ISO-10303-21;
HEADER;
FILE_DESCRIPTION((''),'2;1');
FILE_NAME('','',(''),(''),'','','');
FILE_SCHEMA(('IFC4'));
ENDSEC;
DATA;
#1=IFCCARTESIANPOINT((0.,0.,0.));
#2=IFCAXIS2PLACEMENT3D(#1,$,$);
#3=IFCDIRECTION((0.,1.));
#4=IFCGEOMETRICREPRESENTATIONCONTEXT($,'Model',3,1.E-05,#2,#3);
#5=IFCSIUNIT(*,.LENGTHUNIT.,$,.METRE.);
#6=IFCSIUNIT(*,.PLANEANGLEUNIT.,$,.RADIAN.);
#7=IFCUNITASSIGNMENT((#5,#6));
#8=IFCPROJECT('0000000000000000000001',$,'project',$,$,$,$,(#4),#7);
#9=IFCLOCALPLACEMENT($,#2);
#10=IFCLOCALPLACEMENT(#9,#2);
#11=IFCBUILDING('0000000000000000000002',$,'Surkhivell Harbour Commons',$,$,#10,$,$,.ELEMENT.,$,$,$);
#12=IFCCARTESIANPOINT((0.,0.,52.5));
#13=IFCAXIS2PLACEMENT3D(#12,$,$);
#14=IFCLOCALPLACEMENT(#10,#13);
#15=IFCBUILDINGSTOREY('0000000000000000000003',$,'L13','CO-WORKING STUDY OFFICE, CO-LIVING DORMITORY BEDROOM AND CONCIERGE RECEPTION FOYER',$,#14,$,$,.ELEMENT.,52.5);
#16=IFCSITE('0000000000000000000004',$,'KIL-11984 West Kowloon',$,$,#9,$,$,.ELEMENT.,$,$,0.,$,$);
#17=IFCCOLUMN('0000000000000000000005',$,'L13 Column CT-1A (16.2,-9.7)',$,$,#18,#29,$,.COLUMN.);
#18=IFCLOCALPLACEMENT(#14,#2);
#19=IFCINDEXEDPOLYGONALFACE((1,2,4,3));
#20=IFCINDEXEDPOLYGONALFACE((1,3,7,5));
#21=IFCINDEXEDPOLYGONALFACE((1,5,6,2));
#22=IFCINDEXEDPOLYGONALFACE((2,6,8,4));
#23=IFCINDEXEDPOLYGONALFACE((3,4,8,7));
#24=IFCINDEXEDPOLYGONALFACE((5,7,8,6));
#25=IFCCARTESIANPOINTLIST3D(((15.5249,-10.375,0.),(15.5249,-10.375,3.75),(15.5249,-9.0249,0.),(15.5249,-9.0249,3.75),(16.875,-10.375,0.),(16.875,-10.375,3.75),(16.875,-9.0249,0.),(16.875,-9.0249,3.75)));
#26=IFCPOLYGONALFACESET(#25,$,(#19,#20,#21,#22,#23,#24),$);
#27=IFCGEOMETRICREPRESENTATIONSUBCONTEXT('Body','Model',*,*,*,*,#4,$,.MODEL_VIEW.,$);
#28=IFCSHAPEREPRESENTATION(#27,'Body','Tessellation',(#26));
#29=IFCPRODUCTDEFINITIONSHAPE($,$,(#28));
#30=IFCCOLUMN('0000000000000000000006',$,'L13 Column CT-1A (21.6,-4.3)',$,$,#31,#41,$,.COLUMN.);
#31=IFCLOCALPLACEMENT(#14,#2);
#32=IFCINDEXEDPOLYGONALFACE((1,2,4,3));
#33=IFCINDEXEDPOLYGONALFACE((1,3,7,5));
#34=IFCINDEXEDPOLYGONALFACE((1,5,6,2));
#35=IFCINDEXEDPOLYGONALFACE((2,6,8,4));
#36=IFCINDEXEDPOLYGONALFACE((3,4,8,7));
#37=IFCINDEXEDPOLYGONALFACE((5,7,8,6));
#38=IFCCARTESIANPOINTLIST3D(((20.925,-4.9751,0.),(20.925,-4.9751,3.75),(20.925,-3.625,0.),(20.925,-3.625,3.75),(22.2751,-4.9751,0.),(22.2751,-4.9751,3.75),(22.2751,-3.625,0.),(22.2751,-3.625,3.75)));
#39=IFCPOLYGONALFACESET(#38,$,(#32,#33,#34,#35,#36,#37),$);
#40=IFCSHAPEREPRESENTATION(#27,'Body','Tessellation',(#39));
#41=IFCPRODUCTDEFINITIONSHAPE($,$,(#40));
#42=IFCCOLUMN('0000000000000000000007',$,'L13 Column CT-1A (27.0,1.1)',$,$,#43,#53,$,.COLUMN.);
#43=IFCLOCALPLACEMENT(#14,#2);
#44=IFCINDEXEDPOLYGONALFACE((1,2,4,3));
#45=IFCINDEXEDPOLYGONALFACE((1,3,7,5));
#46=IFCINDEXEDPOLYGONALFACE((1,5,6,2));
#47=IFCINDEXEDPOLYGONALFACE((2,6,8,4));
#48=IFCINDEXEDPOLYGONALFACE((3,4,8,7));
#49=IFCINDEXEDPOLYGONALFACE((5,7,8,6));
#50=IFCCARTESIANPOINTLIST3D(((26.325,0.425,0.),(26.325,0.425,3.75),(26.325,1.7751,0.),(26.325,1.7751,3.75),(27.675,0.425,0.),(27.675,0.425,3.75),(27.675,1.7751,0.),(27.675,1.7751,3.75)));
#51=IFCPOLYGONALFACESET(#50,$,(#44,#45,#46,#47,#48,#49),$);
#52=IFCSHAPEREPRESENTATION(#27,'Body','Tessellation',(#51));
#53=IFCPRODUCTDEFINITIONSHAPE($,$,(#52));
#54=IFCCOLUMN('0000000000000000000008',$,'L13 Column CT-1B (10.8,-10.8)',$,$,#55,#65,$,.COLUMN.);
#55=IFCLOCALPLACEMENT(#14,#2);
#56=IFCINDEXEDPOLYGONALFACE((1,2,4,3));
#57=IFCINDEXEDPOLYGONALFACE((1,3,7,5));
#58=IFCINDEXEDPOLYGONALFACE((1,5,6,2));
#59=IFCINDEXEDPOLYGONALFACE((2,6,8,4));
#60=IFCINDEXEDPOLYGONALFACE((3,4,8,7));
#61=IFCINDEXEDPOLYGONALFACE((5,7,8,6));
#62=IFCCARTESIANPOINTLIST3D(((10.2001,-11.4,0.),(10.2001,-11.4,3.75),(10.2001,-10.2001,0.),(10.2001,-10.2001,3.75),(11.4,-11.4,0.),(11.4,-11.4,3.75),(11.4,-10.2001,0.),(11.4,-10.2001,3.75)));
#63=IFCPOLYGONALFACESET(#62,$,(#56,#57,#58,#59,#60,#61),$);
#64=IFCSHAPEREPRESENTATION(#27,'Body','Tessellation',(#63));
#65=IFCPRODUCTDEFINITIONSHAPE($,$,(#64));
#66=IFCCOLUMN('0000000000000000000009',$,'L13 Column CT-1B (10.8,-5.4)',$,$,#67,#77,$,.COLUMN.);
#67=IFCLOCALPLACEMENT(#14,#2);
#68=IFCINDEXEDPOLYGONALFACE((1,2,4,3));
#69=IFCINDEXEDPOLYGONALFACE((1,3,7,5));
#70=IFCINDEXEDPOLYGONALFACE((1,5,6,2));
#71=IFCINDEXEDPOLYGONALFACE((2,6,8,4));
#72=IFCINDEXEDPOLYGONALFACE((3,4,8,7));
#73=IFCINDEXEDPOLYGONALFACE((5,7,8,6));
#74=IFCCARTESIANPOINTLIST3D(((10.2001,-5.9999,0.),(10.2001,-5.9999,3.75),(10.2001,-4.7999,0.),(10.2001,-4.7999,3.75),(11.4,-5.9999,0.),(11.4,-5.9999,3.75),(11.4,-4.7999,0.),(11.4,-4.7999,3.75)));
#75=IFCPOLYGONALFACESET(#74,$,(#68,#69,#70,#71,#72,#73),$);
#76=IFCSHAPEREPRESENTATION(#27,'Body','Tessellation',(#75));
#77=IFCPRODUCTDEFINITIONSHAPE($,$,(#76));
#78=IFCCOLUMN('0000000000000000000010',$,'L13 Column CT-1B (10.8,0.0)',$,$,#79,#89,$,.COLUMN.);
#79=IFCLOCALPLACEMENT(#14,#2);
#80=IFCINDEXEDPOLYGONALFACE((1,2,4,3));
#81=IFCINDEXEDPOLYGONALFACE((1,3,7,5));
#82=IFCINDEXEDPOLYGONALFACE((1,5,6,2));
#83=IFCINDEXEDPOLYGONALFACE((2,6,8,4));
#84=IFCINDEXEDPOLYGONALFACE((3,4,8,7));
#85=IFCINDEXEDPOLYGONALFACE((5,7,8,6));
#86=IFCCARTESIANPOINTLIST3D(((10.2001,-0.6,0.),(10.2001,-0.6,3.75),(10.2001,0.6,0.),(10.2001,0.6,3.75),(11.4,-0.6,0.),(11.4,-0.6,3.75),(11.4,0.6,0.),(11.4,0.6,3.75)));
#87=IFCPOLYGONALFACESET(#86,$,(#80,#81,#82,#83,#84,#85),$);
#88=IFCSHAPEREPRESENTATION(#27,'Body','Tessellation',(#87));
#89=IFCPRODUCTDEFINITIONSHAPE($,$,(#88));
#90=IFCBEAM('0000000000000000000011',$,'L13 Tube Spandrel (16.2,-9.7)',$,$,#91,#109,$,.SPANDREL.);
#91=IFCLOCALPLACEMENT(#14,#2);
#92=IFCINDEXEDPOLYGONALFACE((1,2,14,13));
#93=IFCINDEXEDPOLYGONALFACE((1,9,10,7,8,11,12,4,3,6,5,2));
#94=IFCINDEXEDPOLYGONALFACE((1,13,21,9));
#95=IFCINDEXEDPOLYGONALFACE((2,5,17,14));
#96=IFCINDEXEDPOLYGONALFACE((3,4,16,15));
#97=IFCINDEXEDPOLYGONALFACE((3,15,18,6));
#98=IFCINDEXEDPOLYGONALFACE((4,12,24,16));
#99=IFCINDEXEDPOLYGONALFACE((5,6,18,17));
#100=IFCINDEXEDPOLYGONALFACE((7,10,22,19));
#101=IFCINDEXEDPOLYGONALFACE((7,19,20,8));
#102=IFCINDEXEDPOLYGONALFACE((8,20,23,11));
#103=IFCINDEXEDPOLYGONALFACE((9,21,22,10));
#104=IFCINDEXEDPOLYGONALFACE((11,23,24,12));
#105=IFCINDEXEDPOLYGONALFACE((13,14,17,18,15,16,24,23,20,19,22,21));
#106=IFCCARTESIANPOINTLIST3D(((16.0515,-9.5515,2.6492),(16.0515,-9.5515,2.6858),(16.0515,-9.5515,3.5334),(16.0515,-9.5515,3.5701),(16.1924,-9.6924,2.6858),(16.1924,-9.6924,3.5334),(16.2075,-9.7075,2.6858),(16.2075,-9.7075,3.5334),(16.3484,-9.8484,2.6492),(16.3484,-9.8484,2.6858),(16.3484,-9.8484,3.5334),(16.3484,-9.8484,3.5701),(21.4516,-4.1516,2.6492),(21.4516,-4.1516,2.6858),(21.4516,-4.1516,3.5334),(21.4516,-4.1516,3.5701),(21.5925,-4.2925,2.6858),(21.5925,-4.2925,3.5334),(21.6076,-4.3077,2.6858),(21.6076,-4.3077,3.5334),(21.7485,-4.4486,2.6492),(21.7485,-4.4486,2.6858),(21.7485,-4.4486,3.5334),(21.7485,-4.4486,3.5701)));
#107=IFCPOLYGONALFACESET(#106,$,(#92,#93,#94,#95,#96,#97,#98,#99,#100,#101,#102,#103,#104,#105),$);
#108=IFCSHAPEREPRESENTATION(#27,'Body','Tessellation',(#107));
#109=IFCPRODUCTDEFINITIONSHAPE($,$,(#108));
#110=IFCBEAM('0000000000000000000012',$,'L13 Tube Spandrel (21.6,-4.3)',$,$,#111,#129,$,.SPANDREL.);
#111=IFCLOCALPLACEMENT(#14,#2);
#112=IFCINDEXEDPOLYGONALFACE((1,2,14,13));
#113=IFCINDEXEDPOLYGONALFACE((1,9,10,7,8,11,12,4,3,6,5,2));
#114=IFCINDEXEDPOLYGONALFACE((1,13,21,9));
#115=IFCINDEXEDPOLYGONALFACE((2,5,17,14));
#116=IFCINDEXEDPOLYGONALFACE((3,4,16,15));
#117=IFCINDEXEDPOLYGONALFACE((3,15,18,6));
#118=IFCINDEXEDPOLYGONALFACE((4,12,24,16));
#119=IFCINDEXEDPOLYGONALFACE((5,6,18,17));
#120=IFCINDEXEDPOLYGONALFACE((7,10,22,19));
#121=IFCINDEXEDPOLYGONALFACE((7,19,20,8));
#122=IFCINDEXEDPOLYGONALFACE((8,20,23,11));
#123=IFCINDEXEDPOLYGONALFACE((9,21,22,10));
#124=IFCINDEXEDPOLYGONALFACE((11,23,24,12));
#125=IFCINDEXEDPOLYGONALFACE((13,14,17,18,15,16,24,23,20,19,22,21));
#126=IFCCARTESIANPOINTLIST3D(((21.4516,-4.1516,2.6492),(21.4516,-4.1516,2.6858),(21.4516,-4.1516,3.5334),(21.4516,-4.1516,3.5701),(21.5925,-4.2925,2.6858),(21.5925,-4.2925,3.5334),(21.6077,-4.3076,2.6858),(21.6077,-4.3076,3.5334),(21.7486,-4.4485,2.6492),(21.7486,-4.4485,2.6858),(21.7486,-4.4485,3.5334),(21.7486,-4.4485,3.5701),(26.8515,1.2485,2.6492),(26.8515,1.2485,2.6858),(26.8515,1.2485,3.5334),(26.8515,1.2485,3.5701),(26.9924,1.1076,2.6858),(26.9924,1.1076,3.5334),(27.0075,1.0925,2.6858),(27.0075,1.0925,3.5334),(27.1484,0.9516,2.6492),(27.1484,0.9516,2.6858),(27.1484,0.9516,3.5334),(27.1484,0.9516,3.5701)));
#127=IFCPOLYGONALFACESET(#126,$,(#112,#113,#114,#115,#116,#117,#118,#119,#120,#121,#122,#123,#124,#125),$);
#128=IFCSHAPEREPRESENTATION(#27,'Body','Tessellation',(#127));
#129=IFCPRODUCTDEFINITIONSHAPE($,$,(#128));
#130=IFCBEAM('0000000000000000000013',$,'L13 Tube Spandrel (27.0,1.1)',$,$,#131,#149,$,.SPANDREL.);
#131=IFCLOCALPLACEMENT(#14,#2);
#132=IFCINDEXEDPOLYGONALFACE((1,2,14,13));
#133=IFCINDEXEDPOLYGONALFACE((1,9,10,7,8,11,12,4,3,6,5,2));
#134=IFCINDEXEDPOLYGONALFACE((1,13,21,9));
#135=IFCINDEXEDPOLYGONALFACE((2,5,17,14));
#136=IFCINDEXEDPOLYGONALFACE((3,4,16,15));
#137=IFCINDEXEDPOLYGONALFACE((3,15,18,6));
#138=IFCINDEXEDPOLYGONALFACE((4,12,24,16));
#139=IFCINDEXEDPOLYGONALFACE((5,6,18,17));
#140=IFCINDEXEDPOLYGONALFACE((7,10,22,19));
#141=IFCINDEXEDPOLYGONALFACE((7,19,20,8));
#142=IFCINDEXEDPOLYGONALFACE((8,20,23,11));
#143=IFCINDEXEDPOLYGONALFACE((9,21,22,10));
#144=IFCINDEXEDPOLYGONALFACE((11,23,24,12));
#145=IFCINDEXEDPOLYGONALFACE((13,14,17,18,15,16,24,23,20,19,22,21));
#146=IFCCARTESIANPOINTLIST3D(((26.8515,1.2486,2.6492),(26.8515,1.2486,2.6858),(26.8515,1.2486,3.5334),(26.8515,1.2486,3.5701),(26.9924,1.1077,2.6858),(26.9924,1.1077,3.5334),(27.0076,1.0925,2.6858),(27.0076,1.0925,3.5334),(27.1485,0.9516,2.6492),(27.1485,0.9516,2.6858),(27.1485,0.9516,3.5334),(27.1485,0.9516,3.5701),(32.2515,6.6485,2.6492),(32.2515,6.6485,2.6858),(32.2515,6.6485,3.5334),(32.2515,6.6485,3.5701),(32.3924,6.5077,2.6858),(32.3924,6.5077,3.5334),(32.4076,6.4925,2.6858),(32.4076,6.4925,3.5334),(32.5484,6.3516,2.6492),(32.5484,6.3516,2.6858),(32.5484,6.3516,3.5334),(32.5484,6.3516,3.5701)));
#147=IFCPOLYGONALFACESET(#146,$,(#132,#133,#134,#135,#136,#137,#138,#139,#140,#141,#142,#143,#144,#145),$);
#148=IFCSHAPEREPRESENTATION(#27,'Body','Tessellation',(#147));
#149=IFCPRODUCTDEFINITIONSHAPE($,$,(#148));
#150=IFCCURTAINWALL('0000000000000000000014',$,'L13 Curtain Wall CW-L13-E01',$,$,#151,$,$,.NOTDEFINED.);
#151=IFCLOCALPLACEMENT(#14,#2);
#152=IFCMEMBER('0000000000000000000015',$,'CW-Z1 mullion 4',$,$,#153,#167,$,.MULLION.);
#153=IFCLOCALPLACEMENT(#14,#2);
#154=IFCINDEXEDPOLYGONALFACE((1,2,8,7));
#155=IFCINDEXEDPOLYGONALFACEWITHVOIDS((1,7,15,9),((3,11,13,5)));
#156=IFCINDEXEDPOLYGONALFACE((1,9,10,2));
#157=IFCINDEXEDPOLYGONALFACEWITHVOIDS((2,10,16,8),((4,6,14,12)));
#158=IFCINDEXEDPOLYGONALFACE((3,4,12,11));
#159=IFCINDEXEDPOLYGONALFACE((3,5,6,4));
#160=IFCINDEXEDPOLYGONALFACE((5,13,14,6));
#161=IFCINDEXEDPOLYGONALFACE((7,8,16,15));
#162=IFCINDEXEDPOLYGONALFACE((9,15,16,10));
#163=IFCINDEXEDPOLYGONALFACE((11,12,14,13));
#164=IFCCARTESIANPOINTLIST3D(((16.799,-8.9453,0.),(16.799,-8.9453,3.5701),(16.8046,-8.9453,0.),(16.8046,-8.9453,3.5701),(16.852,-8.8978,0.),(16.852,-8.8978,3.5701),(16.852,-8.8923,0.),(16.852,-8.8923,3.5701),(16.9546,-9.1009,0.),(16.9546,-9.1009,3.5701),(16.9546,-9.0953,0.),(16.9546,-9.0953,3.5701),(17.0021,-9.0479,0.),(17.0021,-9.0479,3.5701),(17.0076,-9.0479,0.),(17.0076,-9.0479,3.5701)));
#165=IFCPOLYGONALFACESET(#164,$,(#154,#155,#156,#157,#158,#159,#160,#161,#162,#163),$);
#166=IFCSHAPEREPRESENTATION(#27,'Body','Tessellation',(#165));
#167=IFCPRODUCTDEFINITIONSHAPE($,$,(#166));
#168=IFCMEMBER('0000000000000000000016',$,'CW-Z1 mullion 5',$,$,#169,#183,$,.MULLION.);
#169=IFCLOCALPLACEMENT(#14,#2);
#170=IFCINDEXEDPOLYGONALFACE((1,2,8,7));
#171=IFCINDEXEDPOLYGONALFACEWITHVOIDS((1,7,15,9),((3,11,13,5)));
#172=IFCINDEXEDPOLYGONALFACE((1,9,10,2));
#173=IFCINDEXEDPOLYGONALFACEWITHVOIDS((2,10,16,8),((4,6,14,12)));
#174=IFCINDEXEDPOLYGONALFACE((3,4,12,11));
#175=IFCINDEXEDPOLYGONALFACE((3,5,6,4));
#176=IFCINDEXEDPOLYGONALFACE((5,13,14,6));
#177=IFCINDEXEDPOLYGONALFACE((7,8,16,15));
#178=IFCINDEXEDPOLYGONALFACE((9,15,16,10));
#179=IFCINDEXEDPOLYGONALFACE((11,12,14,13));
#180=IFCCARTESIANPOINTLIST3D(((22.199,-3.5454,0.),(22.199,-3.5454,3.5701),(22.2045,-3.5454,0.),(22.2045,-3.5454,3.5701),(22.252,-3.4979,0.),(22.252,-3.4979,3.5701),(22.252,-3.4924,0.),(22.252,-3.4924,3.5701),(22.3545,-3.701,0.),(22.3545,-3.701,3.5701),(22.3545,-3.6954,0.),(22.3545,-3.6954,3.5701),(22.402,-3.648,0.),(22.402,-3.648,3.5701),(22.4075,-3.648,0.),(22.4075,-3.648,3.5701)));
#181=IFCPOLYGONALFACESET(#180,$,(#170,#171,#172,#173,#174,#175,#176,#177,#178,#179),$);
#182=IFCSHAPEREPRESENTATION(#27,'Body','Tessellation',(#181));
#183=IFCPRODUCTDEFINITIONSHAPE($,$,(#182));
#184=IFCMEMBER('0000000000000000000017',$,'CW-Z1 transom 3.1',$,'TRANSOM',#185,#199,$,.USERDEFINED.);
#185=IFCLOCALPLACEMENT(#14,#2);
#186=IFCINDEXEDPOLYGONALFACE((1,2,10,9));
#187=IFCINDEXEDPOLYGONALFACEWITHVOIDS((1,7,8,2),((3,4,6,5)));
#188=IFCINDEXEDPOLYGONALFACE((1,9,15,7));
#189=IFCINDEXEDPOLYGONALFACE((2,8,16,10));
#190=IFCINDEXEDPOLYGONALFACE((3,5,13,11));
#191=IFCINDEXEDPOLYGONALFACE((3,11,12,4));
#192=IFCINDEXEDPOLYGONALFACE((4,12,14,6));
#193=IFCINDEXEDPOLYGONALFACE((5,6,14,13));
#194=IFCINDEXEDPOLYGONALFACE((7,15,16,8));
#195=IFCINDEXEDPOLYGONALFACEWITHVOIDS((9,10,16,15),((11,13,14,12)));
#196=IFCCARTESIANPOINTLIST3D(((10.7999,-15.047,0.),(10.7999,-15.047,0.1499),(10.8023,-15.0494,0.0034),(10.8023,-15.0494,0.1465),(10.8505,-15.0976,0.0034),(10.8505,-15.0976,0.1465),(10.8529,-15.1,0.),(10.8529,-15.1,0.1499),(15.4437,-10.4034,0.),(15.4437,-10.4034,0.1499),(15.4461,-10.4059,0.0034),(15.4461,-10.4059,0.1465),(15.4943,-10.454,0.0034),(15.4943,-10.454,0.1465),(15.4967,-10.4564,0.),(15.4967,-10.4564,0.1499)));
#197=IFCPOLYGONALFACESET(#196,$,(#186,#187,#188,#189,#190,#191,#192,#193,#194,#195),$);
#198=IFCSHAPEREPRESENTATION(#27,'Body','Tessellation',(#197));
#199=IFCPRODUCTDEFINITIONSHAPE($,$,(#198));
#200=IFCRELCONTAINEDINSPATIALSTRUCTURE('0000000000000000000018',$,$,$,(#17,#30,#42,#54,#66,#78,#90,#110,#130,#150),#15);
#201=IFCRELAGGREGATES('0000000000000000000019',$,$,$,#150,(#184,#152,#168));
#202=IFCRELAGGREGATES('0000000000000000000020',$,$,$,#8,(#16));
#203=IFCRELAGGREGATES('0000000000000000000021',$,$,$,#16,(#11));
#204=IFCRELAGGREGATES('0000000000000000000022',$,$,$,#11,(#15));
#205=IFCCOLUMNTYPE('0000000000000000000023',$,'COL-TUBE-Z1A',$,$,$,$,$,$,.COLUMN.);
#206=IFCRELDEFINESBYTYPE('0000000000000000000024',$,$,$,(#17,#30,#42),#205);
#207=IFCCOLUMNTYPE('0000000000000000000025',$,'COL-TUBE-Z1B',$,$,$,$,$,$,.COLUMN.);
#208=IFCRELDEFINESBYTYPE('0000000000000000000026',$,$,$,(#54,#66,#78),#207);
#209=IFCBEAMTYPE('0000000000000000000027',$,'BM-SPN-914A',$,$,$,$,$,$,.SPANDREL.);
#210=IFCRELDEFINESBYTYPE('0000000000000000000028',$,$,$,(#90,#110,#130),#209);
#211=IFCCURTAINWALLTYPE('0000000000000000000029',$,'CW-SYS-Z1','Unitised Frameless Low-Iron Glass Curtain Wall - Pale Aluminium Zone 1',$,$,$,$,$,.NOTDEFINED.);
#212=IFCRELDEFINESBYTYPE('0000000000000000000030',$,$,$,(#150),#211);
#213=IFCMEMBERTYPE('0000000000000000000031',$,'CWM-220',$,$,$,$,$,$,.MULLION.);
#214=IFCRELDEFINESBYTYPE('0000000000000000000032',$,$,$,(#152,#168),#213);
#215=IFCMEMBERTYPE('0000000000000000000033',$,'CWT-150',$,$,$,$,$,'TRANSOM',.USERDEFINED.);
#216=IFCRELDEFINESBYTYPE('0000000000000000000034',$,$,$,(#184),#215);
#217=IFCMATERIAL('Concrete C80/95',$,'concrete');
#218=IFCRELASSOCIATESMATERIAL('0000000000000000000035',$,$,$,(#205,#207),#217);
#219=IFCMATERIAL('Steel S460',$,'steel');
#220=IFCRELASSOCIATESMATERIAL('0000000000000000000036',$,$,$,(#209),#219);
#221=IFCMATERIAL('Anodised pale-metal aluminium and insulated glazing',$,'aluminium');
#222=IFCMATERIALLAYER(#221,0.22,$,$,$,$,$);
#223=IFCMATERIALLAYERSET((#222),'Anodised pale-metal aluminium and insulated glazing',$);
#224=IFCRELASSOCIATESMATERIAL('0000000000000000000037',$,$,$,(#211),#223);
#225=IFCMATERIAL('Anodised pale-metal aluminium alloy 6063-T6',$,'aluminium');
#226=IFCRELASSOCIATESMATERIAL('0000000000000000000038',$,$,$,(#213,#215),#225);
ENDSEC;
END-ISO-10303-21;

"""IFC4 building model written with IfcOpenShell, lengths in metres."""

from ifc_helpers import new_model, si_unit, direction, frame, origin, origin_2d, place, context, subcontext, project, spatial, rectangle, hollow_rectangle, i_section, extrude, material, layer, layer_set, material_profile, profile_set, type_object, element, aggregate, save


model = new_model("IFC4")

# Units and contexts
model_context = context("Model", 3, precision=1e-05, world=origin(), true_north=direction((0.0, 1.0)))
body_context = subcontext(model_context, "Body", "Model", "MODEL_VIEW")
ifc_project = project(units=[si_unit("LENGTHUNIT", "METRE"), si_unit("PLANEANGLEUNIT", "RADIAN")], contexts=[model_context])

# Site, building, storey
site_placement = place(None, origin())
site = spatial("IfcSite", under=ifc_project, at=site_placement, Name="KIL-11984 West Kowloon", CompositionType="ELEMENT", RefElevation=0.0)
building_placement = place(site_placement, origin())
building = spatial("IfcBuilding", under=site, at=building_placement, Name="Surkhivell Harbour Commons", CompositionType="ELEMENT")
storey_placement = place(building_placement, frame((0.0, 0.0, 52.5)))
storey = spatial("IfcBuildingStorey", under=building, at=storey_placement, Name="L13", Description="CO-WORKING STUDY OFFICE, CO-LIVING DORMITORY BEDROOM AND CONCIERGE RECEPTION FOYER", CompositionType="ELEMENT", Elevation=52.5)

# Columns
ifc_material_1 = material(Name="Concrete C80/95", Category="concrete")
ifc_material_profile_1 = material_profile(ifc_material_1, rectangle(XDim=1.3501, YDim=1.3501, at=origin_2d()), Name="RC-COL-1350x1350")
ifc_profile_set_1 = profile_set([ifc_material_profile_1], Name="Concrete C80/95")
column_type_1 = type_object("IfcColumnType", Name="COL-TUBE-Z1A", PredefinedType="COLUMN", material=ifc_profile_set_1)
for number, where, z_axis, x_axis, name in (
    (1, (16.2, -9.7, 0.0), (0.0, 0.0, 1.0), (1.0, 0.0, 0.0), "L13 Column CT-1A (16.2,-9.7)"),
    (2, (21.6001, -4.3, 0.0), (0.0, 0.0, 1.0), (1.0, 0.0, 0.0), "L13 Column CT-1A (21.6,-4.3)"),
    (3, (27.0, 1.1001, 0.0), (0.0, 0.0, 1.0), (1.0, 0.0, 0.0), "L13 Column CT-1A (27.0,1.1)"),
):
    element("IfcColumn", number, at=place(storey_placement, frame(where, z_axis=z_axis, x_axis=x_axis)), inside=storey, type_object=column_type_1, Name=name, PredefinedType="COLUMN", context=body_context, shape_type="SweptSolid", body=[
        extrude(rectangle(XDim=1.3501, YDim=1.3501, at=origin_2d()), origin(), (0.0, 0.0, 1.0), 3.75),
    ])
ifc_material_profile_2 = material_profile(ifc_material_1, rectangle(XDim=1.2, YDim=1.2, at=origin_2d()), Name="RC-COL-1200x1200")
ifc_profile_set_2 = profile_set([ifc_material_profile_2], Name="Concrete C80/95")
column_type_2 = type_object("IfcColumnType", Name="COL-TUBE-Z1B", PredefinedType="COLUMN", material=ifc_profile_set_2)
for number, where, z_axis, x_axis, name in (
    (4, (10.8, -10.8, 0.0), (0.0, 0.0, 1.0), (1.0, 0.0, 0.0), "L13 Column CT-1B (10.8,-10.8)"),
    (5, (10.8, -5.3999, 0.0), (0.0, 0.0, 1.0), (1.0, 0.0, 0.0), "L13 Column CT-1B (10.8,-5.4)"),
    (6, (10.8, 0.0, 0.0), (0.0, 0.0, 1.0), (1.0, 0.0, 0.0), "L13 Column CT-1B (10.8,0.0)"),
):
    element("IfcColumn", number, at=place(storey_placement, frame(where, z_axis=z_axis, x_axis=x_axis)), inside=storey, type_object=column_type_2, Name=name, PredefinedType="COLUMN", context=body_context, shape_type="SweptSolid", body=[
        extrude(rectangle(XDim=1.2, YDim=1.2, at=origin_2d()), origin(), (0.0, 0.0, 1.0), 3.75),
    ])

# Beams
ifc_material_2 = material(Name="Steel S460", Category="steel")
ifc_material_profile_3 = material_profile(ifc_material_2, i_section(OverallWidth=0.4199, OverallDepth=0.9209, WebThickness=0.0215, FlangeThickness=0.0366, at=origin_2d()), Name="UB914x419x388")
ifc_profile_set_3 = profile_set([ifc_material_profile_3], Name="Steel S460")
beam_type = type_object("IfcBeamType", Name="BM-SPN-914A", PredefinedType="SPANDREL", material=ifc_profile_set_3)
for number, where, z_axis, x_axis, name in (
    (7, (16.2, -9.7, 3.1096), (0.707123, 0.707091, 0.0), (-0.707091, 0.707123, 0.0), "L13 Tube Spandrel (16.2,-9.7)"),
    (8, (21.6001, -4.3, 3.1096), (0.707091, 0.707123, 0.0), (-0.707123, 0.707091, 0.0), "L13 Tube Spandrel (21.6,-4.3)"),
    (9, (27.0, 1.1001, 3.1096), (0.707107, 0.707107, 0.0), (-0.707107, 0.707107, 0.0), "L13 Tube Spandrel (27.0,1.1)"),
):
    element("IfcBeam", number, at=place(storey_placement, frame(where, z_axis=z_axis, x_axis=x_axis)), inside=storey, type_object=beam_type, Name=name, PredefinedType="SPANDREL", context=body_context, shape_type="SweptSolid", body=[
        extrude(i_section(OverallWidth=0.4199, OverallDepth=0.9209, WebThickness=0.0215, FlangeThickness=0.0366, at=origin_2d()), origin(), (0.0, 0.0, 1.0), 7.6367),
    ])

# Curtain wall, members
ifc_material_3 = material(Name="Anodised pale-metal aluminium and insulated glazing", Category="aluminium")
ifc_layer_1 = layer(ifc_material_3, 0.22)
ifc_layer_set_1 = layer_set([ifc_layer_1], Name="Anodised pale-metal aluminium and insulated glazing")
curtain_wall_type = type_object("IfcCurtainWallType", Name="CW-SYS-Z1", Description="Unitised Frameless Low-Iron Glass Curtain Wall - Pale Aluminium Zone 1", PredefinedType="NOTDEFINED", material=ifc_layer_set_1)
curtain_wall_placement = place(storey_placement, origin())
curtain_wall = element("IfcCurtainWall", 10, at=curtain_wall_placement, inside=storey, type_object=curtain_wall_type, Name="L13 Curtain Wall CW-L13-E01", PredefinedType="NOTDEFINED")
ifc_material_4 = material(Name="Anodised pale-metal aluminium alloy 6063-T6", Category="aluminium")
ifc_material_profile_4 = material_profile(ifc_material_4, hollow_rectangle(XDim=0.075, YDim=0.22, WallThickness=0.0039, at=origin_2d()), Name="ALU-MULL-75x220")
ifc_profile_set_4 = profile_set([ifc_material_profile_4], Name="Anodised pale-metal aluminium alloy 6063-T6")
member_type_1 = type_object("IfcMemberType", Name="CWM-220", PredefinedType="MULLION", material=ifc_profile_set_4)
member_1_placement = place(storey_placement, frame((16.9033, -8.9966, 0.0), z_axis=(0.0, 0.0, 1.0), x_axis=(0.707107, 0.707107, 0.0)))
member_1 = element("IfcMember", 11, at=member_1_placement, type_object=member_type_1, Name="CW-Z1 mullion 4", PredefinedType="MULLION", context=body_context, shape_type="SweptSolid", body=[
    extrude(hollow_rectangle(XDim=0.075, YDim=0.22, WallThickness=0.0039, at=origin_2d()), origin(), (0.0, 0.0, 1.0), 3.5701),
])
member_2_placement = place(storey_placement, frame((22.3032, -3.5967, 0.0), z_axis=(0.0, 0.0, 1.0), x_axis=(0.707107, 0.707107, 0.0)))
member_2 = element("IfcMember", 12, at=member_2_placement, type_object=member_type_1, Name="CW-Z1 mullion 5", PredefinedType="MULLION", context=body_context, shape_type="SweptSolid", body=[
    extrude(hollow_rectangle(XDim=0.075, YDim=0.22, WallThickness=0.0039, at=origin_2d()), origin(), (0.0, 0.0, 1.0), 3.5701),
])
ifc_material_profile_5 = material_profile(ifc_material_4, hollow_rectangle(XDim=0.075, YDim=0.1499, WallThickness=0.0034, at=origin_2d()), Name="ALU-TRAN-75x150")
ifc_profile_set_5 = profile_set([ifc_material_profile_5], Name="Anodised pale-metal aluminium alloy 6063-T6")
member_type_2 = type_object("IfcMemberType", Name="CWT-150", ElementType="TRANSOM", PredefinedType="USERDEFINED", material=ifc_profile_set_5)
member_3_placement = place(storey_placement, frame((10.8264, -15.0735, 0.075), z_axis=(0.707125, 0.707088, 0.0), x_axis=(-0.707088, 0.707125, 0.0)))
member_3 = element("IfcMember", 13, at=member_3_placement, type_object=member_type_2, Name="CW-Z1 transom 3.1", ObjectType="TRANSOM", PredefinedType="USERDEFINED", context=body_context, shape_type="SweptSolid", body=[
    extrude(hollow_rectangle(XDim=0.075, YDim=0.1499, WallThickness=0.0034, at=origin_2d()), origin(), (0.0, 0.0, 1.0), 6.5671),
])
aggregate(curtain_wall, [member_3, member_1, member_2])

save(model, "model.ifc")
